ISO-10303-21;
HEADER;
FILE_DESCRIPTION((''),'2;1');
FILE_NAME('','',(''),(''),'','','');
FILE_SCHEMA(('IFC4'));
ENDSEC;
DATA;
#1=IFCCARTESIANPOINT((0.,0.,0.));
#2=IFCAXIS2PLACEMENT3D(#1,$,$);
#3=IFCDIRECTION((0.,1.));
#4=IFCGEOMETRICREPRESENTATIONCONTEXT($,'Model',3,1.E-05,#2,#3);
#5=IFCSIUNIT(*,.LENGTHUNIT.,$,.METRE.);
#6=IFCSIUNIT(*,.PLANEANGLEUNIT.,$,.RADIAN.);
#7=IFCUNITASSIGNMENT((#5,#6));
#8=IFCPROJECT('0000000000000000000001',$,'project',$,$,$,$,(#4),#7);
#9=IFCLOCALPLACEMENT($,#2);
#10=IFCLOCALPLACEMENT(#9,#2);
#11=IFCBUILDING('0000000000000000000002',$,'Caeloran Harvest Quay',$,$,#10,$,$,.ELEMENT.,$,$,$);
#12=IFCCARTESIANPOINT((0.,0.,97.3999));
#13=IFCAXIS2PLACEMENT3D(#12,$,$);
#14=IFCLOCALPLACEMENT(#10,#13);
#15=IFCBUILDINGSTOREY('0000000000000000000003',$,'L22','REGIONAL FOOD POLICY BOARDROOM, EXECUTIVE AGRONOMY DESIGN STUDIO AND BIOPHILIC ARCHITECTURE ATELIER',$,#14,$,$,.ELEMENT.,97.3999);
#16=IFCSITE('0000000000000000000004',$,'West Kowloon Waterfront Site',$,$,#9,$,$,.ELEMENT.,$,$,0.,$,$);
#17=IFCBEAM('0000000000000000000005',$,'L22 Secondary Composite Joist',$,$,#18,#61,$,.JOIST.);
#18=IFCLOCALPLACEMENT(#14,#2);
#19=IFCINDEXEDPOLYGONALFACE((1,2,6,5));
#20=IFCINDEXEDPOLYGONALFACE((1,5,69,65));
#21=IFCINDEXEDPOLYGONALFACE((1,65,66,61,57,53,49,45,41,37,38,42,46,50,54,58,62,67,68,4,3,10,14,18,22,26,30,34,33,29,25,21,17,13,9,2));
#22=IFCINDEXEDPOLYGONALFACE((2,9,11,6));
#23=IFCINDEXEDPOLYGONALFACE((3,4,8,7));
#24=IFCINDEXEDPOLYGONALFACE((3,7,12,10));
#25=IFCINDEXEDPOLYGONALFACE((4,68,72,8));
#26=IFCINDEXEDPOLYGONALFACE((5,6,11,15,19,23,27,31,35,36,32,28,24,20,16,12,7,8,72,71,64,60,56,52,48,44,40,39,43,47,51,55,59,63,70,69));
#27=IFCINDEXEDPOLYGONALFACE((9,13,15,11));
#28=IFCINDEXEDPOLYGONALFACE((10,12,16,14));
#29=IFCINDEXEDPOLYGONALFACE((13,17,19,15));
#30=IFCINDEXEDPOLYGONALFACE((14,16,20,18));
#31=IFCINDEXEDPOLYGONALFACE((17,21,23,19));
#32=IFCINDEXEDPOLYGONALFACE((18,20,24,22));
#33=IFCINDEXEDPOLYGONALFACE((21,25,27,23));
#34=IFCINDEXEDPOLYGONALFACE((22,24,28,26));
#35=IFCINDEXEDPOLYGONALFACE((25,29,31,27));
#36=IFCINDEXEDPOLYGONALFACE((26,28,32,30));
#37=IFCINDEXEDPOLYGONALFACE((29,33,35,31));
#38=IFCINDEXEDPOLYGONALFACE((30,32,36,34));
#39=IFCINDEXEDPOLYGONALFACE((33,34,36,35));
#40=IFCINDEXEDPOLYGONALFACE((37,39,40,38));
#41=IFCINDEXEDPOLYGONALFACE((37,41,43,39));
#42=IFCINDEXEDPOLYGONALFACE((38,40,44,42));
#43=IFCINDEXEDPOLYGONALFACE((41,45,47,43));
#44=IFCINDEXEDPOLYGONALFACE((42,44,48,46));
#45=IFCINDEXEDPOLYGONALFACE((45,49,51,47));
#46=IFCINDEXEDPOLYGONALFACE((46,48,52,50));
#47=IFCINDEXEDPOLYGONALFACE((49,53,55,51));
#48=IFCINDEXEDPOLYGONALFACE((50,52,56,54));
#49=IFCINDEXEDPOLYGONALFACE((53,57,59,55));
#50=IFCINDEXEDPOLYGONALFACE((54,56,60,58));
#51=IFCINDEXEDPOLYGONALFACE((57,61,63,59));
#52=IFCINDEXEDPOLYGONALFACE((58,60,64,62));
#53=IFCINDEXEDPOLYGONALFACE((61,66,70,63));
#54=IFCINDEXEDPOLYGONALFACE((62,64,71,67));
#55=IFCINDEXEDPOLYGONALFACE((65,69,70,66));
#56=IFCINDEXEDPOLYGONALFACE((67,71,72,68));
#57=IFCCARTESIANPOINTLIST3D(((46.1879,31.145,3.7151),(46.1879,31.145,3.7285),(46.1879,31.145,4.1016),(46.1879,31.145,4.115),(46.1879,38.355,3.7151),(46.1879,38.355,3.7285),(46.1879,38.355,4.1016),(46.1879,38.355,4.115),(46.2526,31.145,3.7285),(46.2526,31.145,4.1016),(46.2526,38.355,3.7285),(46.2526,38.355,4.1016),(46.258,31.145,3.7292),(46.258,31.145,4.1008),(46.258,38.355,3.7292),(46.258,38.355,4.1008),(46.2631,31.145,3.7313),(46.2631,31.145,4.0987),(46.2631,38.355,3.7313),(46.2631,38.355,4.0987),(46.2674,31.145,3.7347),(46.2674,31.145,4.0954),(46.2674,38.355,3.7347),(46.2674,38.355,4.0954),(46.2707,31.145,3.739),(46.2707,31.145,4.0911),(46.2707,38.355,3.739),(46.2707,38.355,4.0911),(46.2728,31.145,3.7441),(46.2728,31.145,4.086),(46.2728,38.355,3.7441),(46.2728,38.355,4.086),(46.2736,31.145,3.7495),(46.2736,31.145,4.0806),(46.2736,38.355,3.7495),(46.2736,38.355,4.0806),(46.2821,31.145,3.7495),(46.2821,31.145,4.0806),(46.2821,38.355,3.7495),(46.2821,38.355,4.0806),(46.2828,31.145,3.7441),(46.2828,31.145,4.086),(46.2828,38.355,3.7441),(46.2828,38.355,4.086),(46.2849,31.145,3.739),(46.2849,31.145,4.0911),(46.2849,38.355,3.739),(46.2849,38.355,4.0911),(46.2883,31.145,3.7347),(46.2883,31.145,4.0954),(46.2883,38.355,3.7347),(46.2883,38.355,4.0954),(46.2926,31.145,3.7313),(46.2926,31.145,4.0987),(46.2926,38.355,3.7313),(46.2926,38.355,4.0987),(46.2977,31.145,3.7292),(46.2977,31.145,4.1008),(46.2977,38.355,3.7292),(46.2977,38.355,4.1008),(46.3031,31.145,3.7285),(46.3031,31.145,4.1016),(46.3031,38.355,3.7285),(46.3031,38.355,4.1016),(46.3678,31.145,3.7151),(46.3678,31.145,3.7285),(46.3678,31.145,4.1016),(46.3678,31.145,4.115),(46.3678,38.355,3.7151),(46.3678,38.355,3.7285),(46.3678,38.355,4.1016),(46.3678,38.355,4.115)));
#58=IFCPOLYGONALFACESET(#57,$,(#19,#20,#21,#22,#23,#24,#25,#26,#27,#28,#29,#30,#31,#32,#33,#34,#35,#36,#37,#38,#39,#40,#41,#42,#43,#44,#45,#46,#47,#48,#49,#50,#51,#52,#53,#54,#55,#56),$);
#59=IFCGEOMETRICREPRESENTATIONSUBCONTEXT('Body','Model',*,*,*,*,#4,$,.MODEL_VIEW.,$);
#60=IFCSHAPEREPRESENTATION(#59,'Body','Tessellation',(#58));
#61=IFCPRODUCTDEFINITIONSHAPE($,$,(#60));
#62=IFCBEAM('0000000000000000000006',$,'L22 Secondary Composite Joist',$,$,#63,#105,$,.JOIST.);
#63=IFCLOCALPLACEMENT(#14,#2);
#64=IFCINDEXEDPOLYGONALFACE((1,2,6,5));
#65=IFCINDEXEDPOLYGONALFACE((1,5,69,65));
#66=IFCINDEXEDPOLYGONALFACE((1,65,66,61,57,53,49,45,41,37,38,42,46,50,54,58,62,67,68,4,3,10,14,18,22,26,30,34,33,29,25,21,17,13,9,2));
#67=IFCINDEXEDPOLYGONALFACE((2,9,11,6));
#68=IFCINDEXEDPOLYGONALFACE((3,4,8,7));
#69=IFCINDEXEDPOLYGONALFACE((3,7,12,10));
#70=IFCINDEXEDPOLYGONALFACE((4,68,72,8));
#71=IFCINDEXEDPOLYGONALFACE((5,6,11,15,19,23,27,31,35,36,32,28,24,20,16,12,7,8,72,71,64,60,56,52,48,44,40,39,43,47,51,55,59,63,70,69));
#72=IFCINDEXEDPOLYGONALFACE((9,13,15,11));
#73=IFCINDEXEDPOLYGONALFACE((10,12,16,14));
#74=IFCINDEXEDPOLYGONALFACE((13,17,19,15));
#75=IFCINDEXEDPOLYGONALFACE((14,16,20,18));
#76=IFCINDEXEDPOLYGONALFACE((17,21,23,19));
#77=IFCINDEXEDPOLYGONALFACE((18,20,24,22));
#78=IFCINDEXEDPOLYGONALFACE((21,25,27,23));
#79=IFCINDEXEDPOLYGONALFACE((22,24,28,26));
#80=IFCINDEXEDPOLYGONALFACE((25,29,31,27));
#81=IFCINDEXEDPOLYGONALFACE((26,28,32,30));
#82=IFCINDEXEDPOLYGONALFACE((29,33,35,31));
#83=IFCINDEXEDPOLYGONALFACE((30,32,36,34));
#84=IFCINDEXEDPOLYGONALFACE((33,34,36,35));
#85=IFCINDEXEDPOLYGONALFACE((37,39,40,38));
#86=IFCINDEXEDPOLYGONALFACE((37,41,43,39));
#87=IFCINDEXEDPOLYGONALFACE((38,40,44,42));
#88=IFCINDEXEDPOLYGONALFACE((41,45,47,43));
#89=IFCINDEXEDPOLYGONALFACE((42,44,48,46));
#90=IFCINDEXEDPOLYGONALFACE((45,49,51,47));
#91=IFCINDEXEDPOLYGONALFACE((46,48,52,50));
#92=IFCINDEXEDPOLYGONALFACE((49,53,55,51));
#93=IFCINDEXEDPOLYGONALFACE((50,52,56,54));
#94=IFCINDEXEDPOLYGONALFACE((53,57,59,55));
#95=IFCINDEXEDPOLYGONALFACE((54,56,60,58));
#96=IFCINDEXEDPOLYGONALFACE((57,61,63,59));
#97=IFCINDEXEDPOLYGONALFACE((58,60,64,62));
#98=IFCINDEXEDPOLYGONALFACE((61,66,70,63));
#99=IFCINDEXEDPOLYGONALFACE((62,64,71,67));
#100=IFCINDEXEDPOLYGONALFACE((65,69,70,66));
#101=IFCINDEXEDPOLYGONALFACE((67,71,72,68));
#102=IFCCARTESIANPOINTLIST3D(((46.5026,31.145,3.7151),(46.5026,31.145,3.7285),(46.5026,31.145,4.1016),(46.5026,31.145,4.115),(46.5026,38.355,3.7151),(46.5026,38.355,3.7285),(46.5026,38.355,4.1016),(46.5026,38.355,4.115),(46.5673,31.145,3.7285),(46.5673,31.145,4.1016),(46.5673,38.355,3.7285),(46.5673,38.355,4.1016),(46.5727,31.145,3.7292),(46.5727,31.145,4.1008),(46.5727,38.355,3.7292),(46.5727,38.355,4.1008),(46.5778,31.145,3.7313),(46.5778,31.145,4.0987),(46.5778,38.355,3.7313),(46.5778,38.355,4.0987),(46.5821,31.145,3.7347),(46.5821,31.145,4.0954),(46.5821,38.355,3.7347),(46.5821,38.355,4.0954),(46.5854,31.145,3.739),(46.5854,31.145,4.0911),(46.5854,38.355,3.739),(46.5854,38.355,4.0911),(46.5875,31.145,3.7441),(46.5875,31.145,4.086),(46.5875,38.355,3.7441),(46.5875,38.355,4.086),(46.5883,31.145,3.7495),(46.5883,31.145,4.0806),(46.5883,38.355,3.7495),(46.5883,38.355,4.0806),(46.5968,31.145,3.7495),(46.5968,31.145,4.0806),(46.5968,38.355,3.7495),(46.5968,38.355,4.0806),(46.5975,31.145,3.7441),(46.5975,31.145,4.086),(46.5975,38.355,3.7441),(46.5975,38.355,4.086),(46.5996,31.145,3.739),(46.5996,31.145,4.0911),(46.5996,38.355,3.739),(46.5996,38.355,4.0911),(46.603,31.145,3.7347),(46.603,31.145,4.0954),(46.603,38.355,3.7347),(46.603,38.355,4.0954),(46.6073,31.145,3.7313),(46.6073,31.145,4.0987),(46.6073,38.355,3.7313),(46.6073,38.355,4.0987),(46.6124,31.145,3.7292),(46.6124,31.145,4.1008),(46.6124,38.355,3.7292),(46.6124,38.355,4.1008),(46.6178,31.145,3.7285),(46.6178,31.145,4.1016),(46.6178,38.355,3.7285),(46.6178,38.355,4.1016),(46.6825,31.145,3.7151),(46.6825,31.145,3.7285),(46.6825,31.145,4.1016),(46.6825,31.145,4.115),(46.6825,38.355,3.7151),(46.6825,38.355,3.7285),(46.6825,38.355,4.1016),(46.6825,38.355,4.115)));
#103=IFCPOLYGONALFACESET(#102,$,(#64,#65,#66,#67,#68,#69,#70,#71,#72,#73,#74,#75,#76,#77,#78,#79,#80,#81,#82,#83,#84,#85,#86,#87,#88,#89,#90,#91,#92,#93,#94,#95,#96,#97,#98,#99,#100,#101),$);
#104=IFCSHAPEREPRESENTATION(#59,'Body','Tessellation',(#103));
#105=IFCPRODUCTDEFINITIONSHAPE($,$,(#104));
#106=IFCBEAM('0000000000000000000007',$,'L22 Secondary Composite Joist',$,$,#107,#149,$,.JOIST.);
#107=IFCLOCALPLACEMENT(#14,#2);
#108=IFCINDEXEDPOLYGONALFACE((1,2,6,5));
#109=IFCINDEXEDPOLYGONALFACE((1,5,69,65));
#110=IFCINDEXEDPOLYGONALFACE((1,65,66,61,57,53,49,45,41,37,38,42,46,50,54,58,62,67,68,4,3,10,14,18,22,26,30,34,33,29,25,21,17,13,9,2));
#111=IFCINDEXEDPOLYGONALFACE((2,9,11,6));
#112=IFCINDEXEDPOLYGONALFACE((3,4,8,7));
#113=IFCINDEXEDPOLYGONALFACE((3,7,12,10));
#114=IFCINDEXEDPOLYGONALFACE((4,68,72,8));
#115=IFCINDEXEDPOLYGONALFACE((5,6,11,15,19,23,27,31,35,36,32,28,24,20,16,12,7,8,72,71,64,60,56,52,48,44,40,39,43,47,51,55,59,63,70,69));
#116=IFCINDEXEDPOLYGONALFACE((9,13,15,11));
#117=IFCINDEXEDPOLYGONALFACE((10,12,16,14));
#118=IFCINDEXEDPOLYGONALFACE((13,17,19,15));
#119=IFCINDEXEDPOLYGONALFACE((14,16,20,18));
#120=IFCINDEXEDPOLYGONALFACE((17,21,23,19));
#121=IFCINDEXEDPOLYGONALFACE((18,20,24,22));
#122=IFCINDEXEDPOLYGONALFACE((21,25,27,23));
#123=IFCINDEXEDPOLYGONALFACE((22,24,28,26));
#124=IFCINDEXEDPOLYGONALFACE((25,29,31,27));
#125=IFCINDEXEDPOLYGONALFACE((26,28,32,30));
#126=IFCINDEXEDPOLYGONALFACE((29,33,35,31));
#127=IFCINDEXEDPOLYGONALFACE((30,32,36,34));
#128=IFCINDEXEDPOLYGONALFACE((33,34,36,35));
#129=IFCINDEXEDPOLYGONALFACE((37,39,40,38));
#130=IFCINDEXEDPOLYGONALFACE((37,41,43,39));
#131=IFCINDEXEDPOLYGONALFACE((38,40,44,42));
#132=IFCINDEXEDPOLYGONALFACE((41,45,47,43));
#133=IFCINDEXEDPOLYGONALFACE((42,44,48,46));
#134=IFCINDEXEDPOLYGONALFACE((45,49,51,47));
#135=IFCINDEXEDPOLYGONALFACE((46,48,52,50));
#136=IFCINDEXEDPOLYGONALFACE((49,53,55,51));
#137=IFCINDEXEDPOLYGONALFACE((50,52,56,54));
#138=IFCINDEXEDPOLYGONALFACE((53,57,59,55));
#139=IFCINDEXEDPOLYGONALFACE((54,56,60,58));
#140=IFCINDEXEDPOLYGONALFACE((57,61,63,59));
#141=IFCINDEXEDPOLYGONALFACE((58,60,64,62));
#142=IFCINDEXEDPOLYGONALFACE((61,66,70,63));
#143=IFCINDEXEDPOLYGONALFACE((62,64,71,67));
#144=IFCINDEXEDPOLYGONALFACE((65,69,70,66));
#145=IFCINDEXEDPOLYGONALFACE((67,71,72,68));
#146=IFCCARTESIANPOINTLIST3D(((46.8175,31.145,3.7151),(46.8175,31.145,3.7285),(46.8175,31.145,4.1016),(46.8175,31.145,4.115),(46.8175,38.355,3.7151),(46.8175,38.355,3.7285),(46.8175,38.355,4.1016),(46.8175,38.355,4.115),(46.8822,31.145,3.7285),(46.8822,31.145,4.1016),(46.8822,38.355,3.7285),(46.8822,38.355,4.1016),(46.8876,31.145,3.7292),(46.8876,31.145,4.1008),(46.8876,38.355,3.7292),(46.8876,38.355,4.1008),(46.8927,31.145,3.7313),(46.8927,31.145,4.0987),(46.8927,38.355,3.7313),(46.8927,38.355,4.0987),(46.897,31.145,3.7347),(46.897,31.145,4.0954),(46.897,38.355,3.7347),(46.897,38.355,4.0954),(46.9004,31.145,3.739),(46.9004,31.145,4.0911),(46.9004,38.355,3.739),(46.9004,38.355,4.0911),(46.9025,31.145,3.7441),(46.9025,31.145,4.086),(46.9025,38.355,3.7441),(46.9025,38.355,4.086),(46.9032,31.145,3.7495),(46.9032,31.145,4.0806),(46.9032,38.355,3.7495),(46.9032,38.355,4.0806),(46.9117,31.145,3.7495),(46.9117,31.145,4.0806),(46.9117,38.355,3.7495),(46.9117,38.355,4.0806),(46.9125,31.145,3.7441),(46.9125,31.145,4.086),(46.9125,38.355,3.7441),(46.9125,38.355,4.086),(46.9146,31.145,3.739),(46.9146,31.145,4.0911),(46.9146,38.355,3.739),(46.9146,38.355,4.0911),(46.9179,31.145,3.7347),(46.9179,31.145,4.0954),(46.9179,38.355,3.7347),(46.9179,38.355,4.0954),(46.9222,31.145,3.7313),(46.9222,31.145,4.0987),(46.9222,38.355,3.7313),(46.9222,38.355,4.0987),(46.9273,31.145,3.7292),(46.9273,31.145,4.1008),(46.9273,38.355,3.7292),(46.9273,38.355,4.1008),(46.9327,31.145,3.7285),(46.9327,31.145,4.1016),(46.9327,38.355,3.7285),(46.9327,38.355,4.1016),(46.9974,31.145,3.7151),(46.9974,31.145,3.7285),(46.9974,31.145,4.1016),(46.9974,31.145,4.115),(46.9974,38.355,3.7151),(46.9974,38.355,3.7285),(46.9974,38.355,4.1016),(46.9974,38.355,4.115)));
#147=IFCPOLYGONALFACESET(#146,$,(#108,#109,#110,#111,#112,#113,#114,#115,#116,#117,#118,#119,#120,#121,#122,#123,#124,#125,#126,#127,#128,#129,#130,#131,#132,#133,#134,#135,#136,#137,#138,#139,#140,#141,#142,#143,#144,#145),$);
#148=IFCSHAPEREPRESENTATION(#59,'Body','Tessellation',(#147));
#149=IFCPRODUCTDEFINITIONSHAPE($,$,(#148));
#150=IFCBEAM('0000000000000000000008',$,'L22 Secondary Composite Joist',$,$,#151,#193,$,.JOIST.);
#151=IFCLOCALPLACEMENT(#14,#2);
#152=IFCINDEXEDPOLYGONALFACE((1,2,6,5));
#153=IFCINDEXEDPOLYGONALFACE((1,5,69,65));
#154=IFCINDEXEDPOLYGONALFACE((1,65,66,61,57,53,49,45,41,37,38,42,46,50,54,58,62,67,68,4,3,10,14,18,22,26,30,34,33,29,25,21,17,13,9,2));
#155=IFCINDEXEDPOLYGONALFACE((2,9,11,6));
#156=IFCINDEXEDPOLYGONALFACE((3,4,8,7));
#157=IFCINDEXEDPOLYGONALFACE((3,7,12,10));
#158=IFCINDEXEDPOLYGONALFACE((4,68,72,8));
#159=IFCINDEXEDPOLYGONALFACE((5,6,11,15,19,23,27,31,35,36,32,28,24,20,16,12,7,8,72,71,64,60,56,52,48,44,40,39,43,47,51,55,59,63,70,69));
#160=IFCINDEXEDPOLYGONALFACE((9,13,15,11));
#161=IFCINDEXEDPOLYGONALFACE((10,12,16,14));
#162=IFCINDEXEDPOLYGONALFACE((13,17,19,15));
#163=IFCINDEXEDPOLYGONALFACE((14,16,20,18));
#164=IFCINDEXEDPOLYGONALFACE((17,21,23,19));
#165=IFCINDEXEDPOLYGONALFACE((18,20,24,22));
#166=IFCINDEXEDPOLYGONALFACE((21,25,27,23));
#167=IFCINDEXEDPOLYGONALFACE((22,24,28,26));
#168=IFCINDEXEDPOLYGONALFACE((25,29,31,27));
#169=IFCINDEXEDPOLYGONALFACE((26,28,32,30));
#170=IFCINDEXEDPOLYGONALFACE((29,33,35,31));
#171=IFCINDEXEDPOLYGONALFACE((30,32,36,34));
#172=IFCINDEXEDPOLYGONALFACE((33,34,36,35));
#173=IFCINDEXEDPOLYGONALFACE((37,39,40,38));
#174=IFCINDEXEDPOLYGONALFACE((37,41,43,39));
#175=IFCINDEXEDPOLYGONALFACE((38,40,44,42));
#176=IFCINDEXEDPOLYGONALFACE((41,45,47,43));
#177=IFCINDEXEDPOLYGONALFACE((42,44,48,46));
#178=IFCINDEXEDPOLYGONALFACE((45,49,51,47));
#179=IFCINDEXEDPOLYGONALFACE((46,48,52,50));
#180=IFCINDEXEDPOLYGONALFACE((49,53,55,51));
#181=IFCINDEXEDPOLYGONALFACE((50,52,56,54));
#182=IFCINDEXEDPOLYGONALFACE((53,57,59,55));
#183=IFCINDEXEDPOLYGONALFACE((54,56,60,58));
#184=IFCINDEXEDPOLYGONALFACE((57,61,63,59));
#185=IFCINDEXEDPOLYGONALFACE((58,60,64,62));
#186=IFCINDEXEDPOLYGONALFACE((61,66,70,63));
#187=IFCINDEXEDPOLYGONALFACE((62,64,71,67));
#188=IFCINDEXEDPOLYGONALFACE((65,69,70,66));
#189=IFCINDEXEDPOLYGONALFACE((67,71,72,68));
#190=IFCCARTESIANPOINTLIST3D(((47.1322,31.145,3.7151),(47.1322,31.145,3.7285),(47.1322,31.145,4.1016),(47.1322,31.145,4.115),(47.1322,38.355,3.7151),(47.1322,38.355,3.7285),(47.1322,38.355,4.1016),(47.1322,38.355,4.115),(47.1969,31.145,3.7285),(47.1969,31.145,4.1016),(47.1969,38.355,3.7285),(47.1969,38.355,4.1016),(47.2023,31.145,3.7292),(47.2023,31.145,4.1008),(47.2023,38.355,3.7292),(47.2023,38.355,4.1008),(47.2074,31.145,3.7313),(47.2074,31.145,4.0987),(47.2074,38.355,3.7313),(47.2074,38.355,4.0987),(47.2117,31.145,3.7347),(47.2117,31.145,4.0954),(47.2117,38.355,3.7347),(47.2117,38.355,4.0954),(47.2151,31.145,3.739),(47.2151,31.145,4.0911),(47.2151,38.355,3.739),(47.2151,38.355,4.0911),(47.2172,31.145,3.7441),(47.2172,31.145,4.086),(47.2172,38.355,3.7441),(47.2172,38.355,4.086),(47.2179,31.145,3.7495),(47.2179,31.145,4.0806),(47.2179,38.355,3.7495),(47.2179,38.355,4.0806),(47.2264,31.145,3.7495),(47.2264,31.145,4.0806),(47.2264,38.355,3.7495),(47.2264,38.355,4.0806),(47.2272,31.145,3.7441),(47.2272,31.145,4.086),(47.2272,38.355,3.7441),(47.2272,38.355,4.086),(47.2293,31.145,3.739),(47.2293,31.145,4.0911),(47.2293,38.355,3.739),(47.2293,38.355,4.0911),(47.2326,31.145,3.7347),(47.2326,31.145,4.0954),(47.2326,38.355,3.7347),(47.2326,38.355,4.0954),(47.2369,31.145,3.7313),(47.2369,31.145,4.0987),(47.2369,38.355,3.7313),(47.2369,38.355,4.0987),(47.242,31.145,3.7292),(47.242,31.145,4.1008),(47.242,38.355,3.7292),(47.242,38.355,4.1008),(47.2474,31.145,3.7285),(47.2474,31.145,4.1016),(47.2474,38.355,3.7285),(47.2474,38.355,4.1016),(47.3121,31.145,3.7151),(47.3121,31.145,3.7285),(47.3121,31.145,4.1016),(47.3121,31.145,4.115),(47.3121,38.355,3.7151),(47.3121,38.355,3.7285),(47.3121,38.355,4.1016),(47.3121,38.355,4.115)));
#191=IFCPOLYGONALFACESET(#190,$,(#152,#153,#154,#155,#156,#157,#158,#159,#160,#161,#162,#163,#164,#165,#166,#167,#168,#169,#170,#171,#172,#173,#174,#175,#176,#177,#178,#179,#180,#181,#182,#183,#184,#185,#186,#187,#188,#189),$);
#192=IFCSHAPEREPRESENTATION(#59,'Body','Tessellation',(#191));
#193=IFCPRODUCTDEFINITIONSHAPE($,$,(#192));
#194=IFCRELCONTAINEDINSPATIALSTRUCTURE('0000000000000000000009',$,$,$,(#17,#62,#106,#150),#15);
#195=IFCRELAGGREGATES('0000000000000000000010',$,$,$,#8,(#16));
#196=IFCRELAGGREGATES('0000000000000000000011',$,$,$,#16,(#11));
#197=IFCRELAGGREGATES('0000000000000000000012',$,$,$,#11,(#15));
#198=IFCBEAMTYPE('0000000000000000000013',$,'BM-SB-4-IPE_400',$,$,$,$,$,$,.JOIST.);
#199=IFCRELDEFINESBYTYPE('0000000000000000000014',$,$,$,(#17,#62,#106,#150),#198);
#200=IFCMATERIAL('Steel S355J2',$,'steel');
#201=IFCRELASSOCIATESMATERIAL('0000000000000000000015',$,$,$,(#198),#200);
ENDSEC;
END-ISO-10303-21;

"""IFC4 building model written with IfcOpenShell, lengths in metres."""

from ifc_helpers import new_model, si_unit, direction, frame, origin, origin_2d, place, context, subcontext, project, spatial, i_section, extrude, material, material_profile, profile_set, type_object, element, save


model = new_model("IFC4")

# Units and contexts
model_context = context("Model", 3, precision=1e-05, world=origin(), true_north=direction((0.0, 1.0)))
body_context = subcontext(model_context, "Body", "Model", "MODEL_VIEW")
ifc_project = project(units=[si_unit("LENGTHUNIT", "METRE"), si_unit("PLANEANGLEUNIT", "RADIAN")], contexts=[model_context])

# Site, building, storey
site_placement = place(None, origin())
site = spatial("IfcSite", under=ifc_project, at=site_placement, Name="West Kowloon Waterfront Site", CompositionType="ELEMENT", RefElevation=0.0)
building_placement = place(site_placement, origin())
building = spatial("IfcBuilding", under=site, at=building_placement, Name="Caeloran Harvest Quay", CompositionType="ELEMENT")
storey_placement = place(building_placement, frame((0.0, 0.0, 97.3999)))
storey = spatial("IfcBuildingStorey", under=building, at=storey_placement, Name="L22", Description="REGIONAL FOOD POLICY BOARDROOM, EXECUTIVE AGRONOMY DESIGN STUDIO AND BIOPHILIC ARCHITECTURE ATELIER", CompositionType="ELEMENT", Elevation=97.3999)

# Beams
ifc_material_1 = material(Name="Steel S355J2", Category="steel")
ifc_material_profile_1 = material_profile(ifc_material_1, i_section(OverallWidth=0.1799, OverallDepth=0.3999, WebThickness=0.0085, FlangeThickness=0.0134, FilletRadius=0.021, at=origin_2d()), Name="IPE 400")
ifc_profile_set_1 = profile_set([ifc_material_profile_1], Name="Steel S355J2")
beam_type_1 = type_object("IfcBeamType", Name="BM-SB-4-IPE_400", PredefinedType="JOIST", material=ifc_profile_set_1)
for number, where, z_axis, x_axis, name in (
    (1, (46.2778, 31.145, 3.915), (0.0, 1.0, 0.0), (-1.0, 0.0, 0.0), "L22 Secondary Composite Joist"),
    (2, (46.5925, 31.145, 3.915), (0.0, 1.0, 0.0), (-1.0, 0.0, 0.0), "L22 Secondary Composite Joist"),
    (3, (46.9075, 31.145, 3.915), (0.0, 1.0, 0.0), (-1.0, 0.0, 0.0), "L22 Secondary Composite Joist"),
    (4, (47.2222, 31.145, 3.915), (0.0, 1.0, 0.0), (-1.0, 0.0, 0.0), "L22 Secondary Composite Joist"),
):
    element("IfcBeam", number, at=place(storey_placement, frame(where, z_axis=z_axis, x_axis=x_axis)), inside=storey, type_object=beam_type_1, Name=name, PredefinedType="JOIST", context=body_context, shape_type="SweptSolid", body=[
        extrude(i_section(OverallWidth=0.1799, OverallDepth=0.3999, WebThickness=0.0085, FlangeThickness=0.0134, FilletRadius=0.021, at=origin_2d()), origin(), (0.0, 0.0, 1.0), 7.21),
    ])

save(model, "model.ifc")
